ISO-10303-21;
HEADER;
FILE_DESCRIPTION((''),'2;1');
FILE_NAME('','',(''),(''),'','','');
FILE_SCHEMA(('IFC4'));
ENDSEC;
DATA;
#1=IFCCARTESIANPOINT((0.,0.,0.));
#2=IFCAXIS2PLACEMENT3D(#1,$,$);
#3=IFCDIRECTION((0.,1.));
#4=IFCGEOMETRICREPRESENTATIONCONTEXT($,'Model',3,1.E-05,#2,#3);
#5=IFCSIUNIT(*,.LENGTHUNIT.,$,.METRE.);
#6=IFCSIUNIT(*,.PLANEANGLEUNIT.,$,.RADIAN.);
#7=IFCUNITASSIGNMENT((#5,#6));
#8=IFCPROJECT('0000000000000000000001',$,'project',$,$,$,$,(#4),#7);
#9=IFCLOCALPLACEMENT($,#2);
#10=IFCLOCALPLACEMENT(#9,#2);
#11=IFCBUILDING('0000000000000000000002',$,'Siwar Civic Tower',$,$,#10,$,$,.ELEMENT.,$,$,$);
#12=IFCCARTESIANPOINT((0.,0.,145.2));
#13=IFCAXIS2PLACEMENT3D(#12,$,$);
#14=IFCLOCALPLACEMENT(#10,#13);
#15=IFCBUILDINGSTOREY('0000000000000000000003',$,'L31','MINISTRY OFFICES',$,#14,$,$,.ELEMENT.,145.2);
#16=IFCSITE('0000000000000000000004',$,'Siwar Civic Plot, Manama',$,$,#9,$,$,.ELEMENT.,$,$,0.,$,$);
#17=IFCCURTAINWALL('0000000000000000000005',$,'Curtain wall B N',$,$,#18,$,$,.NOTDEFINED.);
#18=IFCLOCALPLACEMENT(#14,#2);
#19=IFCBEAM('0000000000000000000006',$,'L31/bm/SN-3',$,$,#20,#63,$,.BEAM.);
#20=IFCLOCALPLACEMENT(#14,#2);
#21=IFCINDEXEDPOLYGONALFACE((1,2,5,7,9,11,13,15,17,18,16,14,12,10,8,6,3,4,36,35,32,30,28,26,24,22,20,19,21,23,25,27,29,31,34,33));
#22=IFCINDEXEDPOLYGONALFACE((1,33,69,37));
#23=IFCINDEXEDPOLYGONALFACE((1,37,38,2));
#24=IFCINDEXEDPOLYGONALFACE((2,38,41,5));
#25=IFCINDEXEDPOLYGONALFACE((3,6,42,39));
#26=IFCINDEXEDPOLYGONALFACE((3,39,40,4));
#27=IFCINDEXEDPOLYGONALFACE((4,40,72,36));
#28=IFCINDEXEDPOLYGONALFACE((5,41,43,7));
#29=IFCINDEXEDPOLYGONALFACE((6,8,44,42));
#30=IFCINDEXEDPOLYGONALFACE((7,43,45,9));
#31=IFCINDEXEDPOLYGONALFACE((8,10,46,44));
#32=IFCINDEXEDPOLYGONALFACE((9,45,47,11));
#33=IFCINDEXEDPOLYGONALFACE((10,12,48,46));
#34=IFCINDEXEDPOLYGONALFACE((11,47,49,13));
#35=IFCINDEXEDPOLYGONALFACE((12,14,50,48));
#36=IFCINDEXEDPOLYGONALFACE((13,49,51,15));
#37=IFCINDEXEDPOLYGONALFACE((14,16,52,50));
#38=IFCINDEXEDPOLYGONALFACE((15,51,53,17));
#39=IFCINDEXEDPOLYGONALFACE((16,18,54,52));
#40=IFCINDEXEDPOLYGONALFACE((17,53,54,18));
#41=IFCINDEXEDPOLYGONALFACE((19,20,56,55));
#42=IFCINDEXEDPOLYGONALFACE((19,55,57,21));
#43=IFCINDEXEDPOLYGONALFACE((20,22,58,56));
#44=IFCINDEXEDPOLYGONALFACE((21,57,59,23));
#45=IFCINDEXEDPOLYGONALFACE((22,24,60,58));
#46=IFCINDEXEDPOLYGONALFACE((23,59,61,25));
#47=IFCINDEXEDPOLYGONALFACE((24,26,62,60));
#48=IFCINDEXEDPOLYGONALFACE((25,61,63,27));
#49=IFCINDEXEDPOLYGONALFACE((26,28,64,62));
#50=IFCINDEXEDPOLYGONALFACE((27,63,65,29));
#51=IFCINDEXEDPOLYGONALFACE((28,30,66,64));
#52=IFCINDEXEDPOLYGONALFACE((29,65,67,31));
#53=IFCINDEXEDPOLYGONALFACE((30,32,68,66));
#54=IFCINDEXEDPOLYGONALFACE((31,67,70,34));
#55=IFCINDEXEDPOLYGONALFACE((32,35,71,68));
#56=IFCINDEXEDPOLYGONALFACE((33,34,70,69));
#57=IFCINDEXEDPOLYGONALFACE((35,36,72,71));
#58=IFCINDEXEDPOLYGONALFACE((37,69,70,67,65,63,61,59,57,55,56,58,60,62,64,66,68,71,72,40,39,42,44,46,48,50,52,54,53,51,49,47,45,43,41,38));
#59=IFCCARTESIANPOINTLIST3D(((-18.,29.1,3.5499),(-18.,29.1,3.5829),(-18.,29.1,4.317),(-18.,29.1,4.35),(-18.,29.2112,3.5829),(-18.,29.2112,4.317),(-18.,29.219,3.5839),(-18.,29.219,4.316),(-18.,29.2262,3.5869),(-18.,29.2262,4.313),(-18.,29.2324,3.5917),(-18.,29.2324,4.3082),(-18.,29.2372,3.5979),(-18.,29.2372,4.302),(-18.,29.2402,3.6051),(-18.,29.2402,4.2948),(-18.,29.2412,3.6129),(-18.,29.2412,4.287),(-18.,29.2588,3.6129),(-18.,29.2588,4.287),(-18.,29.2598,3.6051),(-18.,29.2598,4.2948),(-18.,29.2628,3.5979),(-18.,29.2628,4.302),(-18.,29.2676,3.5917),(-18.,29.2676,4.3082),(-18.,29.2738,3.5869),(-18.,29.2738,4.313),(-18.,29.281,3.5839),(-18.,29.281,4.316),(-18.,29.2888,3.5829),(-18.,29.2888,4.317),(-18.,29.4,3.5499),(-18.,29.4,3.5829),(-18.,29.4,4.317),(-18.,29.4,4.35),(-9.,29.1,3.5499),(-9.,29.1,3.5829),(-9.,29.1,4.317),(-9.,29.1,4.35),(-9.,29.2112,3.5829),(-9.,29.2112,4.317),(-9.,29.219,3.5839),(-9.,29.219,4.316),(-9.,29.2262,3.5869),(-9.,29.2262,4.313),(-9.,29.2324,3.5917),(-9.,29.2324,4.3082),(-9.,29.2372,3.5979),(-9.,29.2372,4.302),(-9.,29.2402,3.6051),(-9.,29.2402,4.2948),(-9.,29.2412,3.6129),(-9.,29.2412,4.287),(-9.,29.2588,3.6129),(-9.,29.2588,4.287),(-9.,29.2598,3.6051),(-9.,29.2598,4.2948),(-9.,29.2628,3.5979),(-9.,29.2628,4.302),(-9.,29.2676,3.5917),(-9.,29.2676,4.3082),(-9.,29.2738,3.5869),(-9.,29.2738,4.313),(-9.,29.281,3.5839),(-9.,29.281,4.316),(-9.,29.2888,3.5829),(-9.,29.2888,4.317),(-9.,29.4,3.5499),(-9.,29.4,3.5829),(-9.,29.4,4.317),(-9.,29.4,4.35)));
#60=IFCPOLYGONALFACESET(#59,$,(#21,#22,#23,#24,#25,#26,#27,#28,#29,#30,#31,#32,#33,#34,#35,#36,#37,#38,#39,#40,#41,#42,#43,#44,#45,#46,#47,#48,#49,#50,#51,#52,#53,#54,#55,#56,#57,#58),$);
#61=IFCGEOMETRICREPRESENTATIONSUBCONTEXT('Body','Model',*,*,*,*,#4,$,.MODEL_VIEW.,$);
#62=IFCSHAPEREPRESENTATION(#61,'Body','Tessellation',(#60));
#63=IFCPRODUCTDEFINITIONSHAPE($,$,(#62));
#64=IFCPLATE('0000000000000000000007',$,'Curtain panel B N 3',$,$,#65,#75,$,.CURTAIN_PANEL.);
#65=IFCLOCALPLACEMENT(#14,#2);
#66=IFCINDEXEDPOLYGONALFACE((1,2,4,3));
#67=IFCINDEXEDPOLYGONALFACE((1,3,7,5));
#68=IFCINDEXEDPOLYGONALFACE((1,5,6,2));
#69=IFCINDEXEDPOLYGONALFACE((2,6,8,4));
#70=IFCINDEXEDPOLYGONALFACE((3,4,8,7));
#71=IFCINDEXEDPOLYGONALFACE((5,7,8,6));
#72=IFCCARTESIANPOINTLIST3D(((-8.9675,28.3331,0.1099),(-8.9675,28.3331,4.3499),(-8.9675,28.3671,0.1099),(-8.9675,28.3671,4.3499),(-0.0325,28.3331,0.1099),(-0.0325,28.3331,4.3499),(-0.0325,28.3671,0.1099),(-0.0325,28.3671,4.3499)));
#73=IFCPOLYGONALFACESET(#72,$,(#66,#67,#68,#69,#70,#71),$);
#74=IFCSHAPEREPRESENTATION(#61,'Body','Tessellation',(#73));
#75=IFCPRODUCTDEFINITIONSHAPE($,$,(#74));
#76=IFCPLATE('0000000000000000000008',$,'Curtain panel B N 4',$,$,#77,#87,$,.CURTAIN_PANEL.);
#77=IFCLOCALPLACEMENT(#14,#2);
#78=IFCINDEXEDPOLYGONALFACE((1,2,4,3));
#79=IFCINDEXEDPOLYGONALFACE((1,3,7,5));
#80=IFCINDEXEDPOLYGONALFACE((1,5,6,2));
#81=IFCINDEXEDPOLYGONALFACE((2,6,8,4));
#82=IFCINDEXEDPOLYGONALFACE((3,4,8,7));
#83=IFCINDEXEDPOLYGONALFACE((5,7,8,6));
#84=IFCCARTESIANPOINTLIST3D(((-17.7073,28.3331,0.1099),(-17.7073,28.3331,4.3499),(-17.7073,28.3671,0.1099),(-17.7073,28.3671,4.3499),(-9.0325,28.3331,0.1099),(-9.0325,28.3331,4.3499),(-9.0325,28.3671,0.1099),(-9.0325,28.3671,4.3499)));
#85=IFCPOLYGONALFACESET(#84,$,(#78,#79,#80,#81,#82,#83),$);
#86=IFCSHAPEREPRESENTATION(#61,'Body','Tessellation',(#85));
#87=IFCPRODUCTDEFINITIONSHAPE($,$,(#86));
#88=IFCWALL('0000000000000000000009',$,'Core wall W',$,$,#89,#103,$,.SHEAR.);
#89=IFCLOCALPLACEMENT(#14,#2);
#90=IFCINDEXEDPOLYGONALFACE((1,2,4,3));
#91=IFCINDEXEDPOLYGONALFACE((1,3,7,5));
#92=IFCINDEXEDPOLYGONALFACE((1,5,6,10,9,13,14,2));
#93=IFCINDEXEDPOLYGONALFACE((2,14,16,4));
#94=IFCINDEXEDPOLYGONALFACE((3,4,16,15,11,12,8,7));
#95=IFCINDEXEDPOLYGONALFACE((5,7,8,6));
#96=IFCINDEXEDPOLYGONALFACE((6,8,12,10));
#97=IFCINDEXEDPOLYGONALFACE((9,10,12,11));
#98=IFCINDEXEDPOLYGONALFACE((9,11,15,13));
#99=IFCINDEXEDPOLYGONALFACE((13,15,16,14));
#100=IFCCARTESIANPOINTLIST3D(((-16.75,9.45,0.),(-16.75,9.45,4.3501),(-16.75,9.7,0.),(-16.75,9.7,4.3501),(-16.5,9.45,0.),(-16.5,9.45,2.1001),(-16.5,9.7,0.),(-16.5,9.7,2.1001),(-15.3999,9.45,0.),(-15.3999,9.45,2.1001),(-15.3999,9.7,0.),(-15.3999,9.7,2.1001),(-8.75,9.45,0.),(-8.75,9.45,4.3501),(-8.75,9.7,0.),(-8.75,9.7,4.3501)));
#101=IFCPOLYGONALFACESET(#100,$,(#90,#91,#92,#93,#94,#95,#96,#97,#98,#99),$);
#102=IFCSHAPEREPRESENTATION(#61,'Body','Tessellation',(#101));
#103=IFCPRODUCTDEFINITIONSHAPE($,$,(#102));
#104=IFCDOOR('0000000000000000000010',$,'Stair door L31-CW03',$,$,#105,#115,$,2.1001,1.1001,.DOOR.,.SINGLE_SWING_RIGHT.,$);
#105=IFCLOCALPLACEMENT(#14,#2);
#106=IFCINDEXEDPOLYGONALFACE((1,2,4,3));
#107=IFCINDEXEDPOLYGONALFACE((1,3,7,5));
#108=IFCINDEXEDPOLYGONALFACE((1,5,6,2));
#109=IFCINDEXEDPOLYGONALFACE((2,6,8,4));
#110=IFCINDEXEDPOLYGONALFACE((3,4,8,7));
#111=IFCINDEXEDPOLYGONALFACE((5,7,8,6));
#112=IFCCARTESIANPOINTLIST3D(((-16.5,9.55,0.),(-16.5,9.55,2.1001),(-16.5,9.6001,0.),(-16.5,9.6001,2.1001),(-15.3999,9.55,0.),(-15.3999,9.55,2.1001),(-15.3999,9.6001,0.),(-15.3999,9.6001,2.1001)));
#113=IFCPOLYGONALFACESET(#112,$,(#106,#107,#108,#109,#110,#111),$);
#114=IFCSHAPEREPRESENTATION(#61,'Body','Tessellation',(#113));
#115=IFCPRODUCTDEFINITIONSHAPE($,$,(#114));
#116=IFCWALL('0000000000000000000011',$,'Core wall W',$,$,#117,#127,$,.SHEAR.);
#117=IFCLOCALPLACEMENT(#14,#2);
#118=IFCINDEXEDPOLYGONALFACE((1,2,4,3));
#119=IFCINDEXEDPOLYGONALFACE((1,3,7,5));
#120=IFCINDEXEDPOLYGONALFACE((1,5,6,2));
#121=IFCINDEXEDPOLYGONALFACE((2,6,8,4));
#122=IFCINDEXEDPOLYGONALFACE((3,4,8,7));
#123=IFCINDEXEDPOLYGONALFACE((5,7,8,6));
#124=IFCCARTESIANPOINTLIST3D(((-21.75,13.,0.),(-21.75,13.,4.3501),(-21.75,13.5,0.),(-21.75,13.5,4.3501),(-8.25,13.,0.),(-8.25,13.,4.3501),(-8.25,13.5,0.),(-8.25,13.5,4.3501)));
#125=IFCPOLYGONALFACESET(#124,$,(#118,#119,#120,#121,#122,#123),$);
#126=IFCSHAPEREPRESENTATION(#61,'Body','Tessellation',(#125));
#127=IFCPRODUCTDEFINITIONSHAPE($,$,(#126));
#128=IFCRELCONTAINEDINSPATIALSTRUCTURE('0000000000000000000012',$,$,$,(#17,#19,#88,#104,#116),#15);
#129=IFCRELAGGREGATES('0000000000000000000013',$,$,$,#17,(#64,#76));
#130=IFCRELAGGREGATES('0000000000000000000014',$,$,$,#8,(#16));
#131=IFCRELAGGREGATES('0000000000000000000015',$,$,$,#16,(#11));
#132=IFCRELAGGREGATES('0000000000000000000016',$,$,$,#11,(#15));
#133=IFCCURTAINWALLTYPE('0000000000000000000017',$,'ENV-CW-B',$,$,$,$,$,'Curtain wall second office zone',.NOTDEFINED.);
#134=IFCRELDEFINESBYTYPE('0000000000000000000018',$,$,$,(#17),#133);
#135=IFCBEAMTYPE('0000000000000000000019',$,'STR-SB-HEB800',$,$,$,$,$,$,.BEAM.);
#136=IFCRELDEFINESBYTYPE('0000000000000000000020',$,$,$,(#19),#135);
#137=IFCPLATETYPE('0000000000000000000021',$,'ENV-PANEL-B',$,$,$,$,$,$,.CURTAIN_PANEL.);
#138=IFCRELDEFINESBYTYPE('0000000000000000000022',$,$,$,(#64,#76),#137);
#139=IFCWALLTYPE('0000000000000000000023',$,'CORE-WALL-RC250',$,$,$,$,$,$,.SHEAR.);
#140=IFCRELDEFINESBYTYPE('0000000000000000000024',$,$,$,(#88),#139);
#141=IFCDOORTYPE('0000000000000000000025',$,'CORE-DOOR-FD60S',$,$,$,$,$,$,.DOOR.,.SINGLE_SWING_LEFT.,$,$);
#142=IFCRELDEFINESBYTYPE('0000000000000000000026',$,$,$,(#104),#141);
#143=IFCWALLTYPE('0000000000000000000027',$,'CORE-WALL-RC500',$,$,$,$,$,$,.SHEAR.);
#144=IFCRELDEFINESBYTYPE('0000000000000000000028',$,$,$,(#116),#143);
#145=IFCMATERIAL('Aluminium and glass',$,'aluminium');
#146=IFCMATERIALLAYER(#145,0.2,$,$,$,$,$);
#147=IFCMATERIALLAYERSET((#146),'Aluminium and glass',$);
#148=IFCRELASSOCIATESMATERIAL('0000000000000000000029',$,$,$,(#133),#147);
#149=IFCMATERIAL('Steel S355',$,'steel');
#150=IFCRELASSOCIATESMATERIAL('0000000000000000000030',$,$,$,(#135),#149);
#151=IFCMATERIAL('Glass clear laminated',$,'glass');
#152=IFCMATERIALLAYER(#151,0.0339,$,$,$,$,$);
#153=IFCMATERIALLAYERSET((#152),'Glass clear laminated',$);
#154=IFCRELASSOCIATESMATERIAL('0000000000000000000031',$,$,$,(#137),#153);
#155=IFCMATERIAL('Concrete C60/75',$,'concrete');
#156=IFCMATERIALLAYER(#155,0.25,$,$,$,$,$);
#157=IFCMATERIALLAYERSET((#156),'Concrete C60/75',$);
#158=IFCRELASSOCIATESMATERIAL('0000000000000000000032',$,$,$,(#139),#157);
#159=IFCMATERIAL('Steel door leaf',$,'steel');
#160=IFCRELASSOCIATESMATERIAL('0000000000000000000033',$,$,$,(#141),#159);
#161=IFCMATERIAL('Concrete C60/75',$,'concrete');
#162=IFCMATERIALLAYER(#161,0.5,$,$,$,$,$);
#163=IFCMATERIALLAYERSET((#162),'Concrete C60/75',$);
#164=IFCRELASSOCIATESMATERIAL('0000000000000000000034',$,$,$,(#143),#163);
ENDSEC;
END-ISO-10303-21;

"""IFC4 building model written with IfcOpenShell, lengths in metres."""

from ifc_helpers import new_model, si_unit, direction, frame, frame_2d, origin, origin_2d, place, context, subcontext, project, spatial, rectangle, i_section, extrude, material, layer, layer_set, material_profile, profile_set, type_object, element, fill, aggregate, save


model = new_model("IFC4")

# Units and contexts
model_context = context("Model", 3, precision=1e-05, world=origin(), true_north=direction((0.0, 1.0)))
body_context = subcontext(model_context, "Body", "Model", "MODEL_VIEW")
ifc_project = project(units=[si_unit("LENGTHUNIT", "METRE"), si_unit("PLANEANGLEUNIT", "RADIAN")], contexts=[model_context])

# Site, building, storey
site_placement = place(None, origin())
site = spatial("IfcSite", under=ifc_project, at=site_placement, Name="Siwar Civic Plot, Manama", CompositionType="ELEMENT", RefElevation=0.0)
building_placement = place(site_placement, origin())
building = spatial("IfcBuilding", under=site, at=building_placement, Name="Siwar Civic Tower", CompositionType="ELEMENT")
storey_placement = place(building_placement, frame((0.0, 0.0, 145.2)))
storey = spatial("IfcBuildingStorey", under=building, at=storey_placement, Name="L31", Description="MINISTRY OFFICES", CompositionType="ELEMENT", Elevation=145.2)

# Curtain wall
ifc_material_1 = material(Name="Aluminium and glass", Category="aluminium")
ifc_layer_1 = layer(ifc_material_1, 0.2)
ifc_layer_set_1 = layer_set([ifc_layer_1], Name="Aluminium and glass")
curtain_wall_type_1 = type_object("IfcCurtainWallType", Name="ENV-CW-B", ElementType="Curtain wall second office zone", PredefinedType="NOTDEFINED", material=ifc_layer_set_1)
curtain_wall_1_placement = place(storey_placement, origin())
curtain_wall_1 = element("IfcCurtainWall", 1, at=curtain_wall_1_placement, inside=storey, type_object=curtain_wall_type_1, Name="Curtain wall B N", PredefinedType="NOTDEFINED")

# Beam
ifc_material_2 = material(Name="Steel S355", Category="steel")
ifc_material_profile_1 = material_profile(ifc_material_2, i_section(OverallWidth=0.3, OverallDepth=0.8, WebThickness=0.0176, FlangeThickness=0.033, FilletRadius=0.03, at=origin_2d()), Name="HEB800")
ifc_profile_set_1 = profile_set([ifc_material_profile_1], Name="Steel S355")
beam_type_1 = type_object("IfcBeamType", Name="STR-SB-HEB800", PredefinedType="BEAM", material=ifc_profile_set_1)
for number, where, z_axis, x_axis, name in (
    (2, (-9.0, 29.25, 3.95), (-1.0, 0.0, 0.0), (0.0, -1.0, 0.0), "L31/bm/SN-3"),
):
    element("IfcBeam", number, at=place(storey_placement, frame(where, z_axis=z_axis, x_axis=x_axis)), inside=storey, type_object=beam_type_1, Name=name, PredefinedType="BEAM", context=body_context, shape_type="SweptSolid", body=[
        extrude(i_section(OverallWidth=0.3, OverallDepth=0.8, WebThickness=0.0176, FlangeThickness=0.033, FilletRadius=0.03, at=origin_2d()), origin(), (0.0, 0.0, 1.0), 9.0),
    ])

# Plates
ifc_material_3 = material(Name="Glass clear laminated", Category="glass")
ifc_layer_2 = layer(ifc_material_3, 0.0339)
ifc_layer_set_2 = layer_set([ifc_layer_2], Name="Glass clear laminated")
plate_type = type_object("IfcPlateType", Name="ENV-PANEL-B", PredefinedType="CURTAIN_PANEL", material=ifc_layer_set_2)
plate_1_placement = place(storey_placement, frame((-4.5, 28.3501, 0.1099), z_axis=(0.0, 0.0, 1.0), x_axis=(-1.0, 0.0, 0.0)))
plate_1 = element("IfcPlate", 3, at=plate_1_placement, type_object=plate_type, Name="Curtain panel B N 3", PredefinedType="CURTAIN_PANEL", context=body_context, shape_type="SweptSolid", body=[
    extrude(rectangle(XDim=8.9351, YDim=0.0339, at=origin_2d()), origin(), (0.0, 0.0, 1.0), 4.24),
])
plate_2_placement = place(storey_placement, frame((-13.3699, 28.3501, 0.1099), z_axis=(0.0, 0.0, 1.0), x_axis=(-1.0, 0.0, 0.0)))
plate_2 = element("IfcPlate", 4, at=plate_2_placement, type_object=plate_type, Name="Curtain panel B N 4", PredefinedType="CURTAIN_PANEL", context=body_context, shape_type="SweptSolid", body=[
    extrude(rectangle(XDim=8.6748, YDim=0.0339, at=origin_2d()), origin(), (0.0, 0.0, 1.0), 4.24),
])
aggregate(curtain_wall_1, [plate_1, plate_2])

# Wall, opening, door
ifc_material_4 = material(Name="Concrete C60/75", Category="concrete")
ifc_layer_3 = layer(ifc_material_4, 0.25)
ifc_layer_set_3 = layer_set([ifc_layer_3], Name="Concrete C60/75")
wall_type_1 = type_object("IfcWallType", Name="CORE-WALL-RC250", PredefinedType="SHEAR", material=ifc_layer_set_3)
wall_1_placement = place(storey_placement, frame((-8.75, 9.575, 0.0), z_axis=(0.0, 0.0, 1.0), x_axis=(-1.0, 0.0, 0.0)))
wall_1 = element("IfcWall", 5, at=wall_1_placement, inside=storey, type_object=wall_type_1, Name="Core wall W", PredefinedType="SHEAR", context=body_context, shape_type="SweptSolid", body=[
    extrude(rectangle(XDim=8.0, YDim=0.25, at=frame_2d((4.0, 0.0))), origin(), (0.0, 0.0, 1.0), 4.3501),
])
opening_1_placement = place(wall_1_placement, frame((6.6499, 0.0, 0.0)))
opening_1 = element("IfcOpeningElement", 6, at=opening_1_placement, cuts=wall_1, PredefinedType="OPENING", context=body_context, shape_type="SweptSolid", body=[
    extrude(rectangle(XDim=1.1001, YDim=2.1001, at=frame_2d((0.55, 1.05))), frame((0.0, 0.135, 0.0), z_axis=(0.0, -1.0, 0.0), x_axis=(1.0, 0.0, 0.0)), (0.0, 0.0, 1.0), 0.27),
])
ifc_material_5 = material(Name="Steel door leaf", Category="steel")
door_type_1 = type_object("IfcDoorType", Name="CORE-DOOR-FD60S", OperationType="SINGLE_SWING_LEFT", PredefinedType="DOOR", material=ifc_material_5)
door_1_placement = place(opening_1_placement, origin())
door_1 = element("IfcDoor", 7, at=door_1_placement, inside=storey, type_object=door_type_1, Name="Stair door L31-CW03", OperationType="SINGLE_SWING_RIGHT", OverallHeight=2.1001, OverallWidth=1.1001, PredefinedType="DOOR", context=body_context, shape_type="SweptSolid", body=[
    extrude(rectangle(XDim=1.1001, YDim=2.1001, at=frame_2d((0.55, 1.05))), frame((0.0, 0.0249, 0.0), z_axis=(0.0, -1.0, 0.0), x_axis=(1.0, 0.0, 0.0)), (0.0, 0.0, 1.0), 0.05),
])
fill(opening_1, door_1)

# Wall
ifc_material_6 = material(Name="Concrete C60/75", Category="concrete")
ifc_layer_4 = layer(ifc_material_6, 0.5)
ifc_layer_set_4 = layer_set([ifc_layer_4], Name="Concrete C60/75")
wall_type_2 = type_object("IfcWallType", Name="CORE-WALL-RC500", PredefinedType="SHEAR", material=ifc_layer_set_4)
wall_2_placement = place(storey_placement, frame((-8.25, 13.25, 0.0), z_axis=(0.0, 0.0, 1.0), x_axis=(-1.0, 0.0, 0.0)))
element("IfcWall", 8, at=wall_2_placement, inside=storey, type_object=wall_type_2, Name="Core wall W", PredefinedType="SHEAR", context=body_context, shape_type="SweptSolid", body=[
    extrude(rectangle(XDim=13.5, YDim=0.5, at=frame_2d((6.75, 0.0))), origin(), (0.0, 0.0, 1.0), 4.3501),
])

save(model, "model.ifc")
